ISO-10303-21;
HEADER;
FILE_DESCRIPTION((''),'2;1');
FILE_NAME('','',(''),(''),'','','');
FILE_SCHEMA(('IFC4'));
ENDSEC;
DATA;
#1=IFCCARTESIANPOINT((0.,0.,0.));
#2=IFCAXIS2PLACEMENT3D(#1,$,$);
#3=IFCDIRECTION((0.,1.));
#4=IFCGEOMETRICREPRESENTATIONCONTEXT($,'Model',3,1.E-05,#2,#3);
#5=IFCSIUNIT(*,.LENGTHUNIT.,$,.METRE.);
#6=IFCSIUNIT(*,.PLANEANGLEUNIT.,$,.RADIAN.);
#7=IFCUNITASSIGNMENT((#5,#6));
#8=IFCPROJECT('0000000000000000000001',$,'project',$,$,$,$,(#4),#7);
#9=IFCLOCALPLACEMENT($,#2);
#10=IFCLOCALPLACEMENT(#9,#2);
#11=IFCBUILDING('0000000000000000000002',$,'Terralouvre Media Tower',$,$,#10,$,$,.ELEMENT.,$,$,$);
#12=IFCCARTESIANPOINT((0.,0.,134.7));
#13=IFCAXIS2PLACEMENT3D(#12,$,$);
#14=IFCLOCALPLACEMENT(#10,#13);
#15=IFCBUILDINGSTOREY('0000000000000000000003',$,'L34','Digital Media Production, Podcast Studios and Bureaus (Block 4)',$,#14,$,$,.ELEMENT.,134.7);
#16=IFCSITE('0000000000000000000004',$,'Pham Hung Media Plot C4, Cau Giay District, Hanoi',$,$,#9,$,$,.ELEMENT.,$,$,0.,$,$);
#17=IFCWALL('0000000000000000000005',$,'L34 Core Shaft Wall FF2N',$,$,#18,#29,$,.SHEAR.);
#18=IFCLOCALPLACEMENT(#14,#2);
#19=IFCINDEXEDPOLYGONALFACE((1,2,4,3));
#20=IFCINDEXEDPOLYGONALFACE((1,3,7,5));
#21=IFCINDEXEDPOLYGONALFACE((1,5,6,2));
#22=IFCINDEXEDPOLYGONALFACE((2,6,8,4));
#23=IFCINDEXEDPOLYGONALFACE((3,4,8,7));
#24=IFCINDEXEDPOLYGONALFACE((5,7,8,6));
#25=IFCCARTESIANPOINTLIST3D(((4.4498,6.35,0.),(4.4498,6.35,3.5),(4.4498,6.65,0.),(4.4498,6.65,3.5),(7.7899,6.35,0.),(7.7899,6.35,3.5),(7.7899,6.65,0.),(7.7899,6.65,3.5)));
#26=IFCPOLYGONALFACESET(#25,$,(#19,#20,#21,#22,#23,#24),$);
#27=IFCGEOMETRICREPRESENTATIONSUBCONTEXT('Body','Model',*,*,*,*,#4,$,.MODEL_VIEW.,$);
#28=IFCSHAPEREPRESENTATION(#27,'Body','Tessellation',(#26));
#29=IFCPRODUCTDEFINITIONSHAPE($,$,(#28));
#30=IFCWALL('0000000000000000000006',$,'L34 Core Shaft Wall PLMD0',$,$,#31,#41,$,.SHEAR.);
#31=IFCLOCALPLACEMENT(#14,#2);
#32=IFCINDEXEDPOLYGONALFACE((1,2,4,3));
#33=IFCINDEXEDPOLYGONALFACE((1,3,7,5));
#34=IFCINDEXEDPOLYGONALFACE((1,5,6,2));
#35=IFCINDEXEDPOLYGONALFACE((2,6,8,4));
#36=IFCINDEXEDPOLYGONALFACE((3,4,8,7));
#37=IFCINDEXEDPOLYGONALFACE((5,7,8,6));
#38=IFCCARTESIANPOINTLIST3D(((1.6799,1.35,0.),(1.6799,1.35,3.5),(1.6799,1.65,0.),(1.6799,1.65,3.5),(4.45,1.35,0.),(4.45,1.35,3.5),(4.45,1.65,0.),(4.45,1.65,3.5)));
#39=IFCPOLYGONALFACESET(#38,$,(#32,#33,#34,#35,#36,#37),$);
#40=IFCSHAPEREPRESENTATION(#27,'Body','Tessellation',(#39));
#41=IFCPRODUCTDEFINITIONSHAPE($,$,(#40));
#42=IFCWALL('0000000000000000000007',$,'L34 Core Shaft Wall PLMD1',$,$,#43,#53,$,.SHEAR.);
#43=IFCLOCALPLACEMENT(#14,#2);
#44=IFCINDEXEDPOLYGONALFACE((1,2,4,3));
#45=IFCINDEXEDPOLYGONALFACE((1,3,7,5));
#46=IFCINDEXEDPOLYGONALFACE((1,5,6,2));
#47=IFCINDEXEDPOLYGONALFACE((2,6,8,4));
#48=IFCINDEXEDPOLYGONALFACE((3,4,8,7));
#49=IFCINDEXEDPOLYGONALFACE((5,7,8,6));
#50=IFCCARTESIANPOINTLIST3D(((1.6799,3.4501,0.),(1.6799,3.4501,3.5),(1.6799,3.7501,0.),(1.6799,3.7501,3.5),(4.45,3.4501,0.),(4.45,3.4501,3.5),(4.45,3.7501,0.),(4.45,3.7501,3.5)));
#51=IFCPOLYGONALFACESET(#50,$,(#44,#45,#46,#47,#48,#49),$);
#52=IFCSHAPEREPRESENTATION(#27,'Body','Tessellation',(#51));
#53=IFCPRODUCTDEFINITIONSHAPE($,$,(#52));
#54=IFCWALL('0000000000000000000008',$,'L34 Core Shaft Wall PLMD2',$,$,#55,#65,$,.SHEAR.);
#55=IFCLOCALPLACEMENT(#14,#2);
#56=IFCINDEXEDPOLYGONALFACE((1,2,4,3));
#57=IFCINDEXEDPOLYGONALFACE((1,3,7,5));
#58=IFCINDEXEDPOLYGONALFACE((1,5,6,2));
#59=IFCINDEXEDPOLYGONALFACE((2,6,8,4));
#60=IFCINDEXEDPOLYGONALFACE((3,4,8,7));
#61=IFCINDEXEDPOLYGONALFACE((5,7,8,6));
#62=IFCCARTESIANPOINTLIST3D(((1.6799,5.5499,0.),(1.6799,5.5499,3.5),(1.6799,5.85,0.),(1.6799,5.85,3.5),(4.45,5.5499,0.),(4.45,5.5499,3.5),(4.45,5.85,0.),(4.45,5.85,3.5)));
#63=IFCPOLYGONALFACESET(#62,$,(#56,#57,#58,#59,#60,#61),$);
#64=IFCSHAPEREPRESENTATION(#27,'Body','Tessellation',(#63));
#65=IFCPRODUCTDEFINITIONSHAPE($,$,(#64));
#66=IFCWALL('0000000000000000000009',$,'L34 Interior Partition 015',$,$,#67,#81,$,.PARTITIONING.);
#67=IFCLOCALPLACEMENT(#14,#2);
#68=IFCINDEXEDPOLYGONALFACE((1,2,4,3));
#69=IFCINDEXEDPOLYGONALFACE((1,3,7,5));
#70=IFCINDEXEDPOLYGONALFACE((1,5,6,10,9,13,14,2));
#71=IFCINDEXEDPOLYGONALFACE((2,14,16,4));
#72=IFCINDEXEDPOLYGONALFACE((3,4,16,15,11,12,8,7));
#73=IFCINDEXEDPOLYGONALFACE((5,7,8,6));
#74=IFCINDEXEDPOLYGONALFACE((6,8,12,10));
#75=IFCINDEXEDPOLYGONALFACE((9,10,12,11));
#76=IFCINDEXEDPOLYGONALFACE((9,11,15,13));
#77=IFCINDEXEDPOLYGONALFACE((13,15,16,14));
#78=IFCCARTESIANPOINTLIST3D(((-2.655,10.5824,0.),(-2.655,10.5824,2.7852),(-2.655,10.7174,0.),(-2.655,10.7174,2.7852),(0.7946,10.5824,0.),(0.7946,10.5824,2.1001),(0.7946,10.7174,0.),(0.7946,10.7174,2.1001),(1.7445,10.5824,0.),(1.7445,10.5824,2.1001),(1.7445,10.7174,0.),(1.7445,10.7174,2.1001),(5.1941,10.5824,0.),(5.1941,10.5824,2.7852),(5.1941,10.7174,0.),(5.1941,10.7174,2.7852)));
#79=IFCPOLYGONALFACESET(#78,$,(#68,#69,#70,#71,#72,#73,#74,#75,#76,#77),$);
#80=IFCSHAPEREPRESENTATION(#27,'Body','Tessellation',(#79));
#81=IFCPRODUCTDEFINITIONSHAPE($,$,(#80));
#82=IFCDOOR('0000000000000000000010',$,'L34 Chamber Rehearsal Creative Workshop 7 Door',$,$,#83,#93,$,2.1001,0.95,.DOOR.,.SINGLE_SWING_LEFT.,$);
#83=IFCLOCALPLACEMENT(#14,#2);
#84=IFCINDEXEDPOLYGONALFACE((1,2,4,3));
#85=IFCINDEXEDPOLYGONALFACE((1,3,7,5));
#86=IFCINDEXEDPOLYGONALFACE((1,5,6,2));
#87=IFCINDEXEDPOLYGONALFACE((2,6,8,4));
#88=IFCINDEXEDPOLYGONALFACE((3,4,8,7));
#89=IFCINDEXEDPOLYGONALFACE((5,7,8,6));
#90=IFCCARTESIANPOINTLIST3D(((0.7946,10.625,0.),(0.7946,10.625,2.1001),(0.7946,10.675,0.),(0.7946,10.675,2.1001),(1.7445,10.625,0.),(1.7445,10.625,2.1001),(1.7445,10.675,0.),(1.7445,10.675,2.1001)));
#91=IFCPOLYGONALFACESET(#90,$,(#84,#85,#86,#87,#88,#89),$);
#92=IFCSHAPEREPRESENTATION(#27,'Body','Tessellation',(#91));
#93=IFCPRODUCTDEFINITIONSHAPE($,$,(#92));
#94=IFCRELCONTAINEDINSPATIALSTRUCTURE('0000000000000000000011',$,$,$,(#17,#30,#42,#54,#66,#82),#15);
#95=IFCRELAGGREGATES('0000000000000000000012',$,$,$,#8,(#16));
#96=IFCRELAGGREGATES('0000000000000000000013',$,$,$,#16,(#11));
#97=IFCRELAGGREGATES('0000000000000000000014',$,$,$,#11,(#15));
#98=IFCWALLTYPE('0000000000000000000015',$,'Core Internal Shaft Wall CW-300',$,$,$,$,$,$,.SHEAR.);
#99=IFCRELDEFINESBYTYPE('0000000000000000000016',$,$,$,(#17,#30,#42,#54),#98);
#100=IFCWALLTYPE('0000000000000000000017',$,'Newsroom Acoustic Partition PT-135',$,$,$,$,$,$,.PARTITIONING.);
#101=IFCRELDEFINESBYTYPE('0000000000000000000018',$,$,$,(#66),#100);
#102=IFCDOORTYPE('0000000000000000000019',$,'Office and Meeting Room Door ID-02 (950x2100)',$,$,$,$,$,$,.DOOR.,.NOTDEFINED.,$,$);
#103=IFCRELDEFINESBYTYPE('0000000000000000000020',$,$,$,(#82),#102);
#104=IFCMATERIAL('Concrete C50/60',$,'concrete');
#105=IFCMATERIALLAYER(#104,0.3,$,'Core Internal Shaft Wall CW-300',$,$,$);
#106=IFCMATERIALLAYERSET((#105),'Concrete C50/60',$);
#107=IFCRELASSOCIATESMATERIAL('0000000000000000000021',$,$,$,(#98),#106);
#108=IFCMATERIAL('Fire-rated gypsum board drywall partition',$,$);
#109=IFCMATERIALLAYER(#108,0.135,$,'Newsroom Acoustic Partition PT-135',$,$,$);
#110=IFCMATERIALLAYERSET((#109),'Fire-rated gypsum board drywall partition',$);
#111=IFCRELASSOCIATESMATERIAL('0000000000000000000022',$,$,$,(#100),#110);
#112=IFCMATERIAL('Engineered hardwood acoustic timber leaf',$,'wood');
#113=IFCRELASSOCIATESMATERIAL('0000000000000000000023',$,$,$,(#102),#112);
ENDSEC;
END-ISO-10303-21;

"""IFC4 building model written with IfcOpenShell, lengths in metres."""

from ifc_helpers import new_model, si_unit, direction, frame, frame_2d, origin, place, context, subcontext, project, spatial, rectangle, extrude, material, layer, layer_set, type_object, element, fill, save


model = new_model("IFC4")

# Units and contexts
model_context = context("Model", 3, precision=1e-05, world=origin(), true_north=direction((0.0, 1.0)))
body_context = subcontext(model_context, "Body", "Model", "MODEL_VIEW")
ifc_project = project(units=[si_unit("LENGTHUNIT", "METRE"), si_unit("PLANEANGLEUNIT", "RADIAN")], contexts=[model_context])

# Site, building, storey
site_placement = place(None, origin())
site = spatial("IfcSite", under=ifc_project, at=site_placement, Name="Pham Hung Media Plot C4, Cau Giay District, Hanoi", CompositionType="ELEMENT", RefElevation=0.0)
building_placement = place(site_placement, origin())
building = spatial("IfcBuilding", under=site, at=building_placement, Name="Terralouvre Media Tower", CompositionType="ELEMENT")
storey_placement = place(building_placement, frame((0.0, 0.0, 134.7)))
storey = spatial("IfcBuildingStorey", under=building, at=storey_placement, Name="L34", Description="Digital Media Production, Podcast Studios and Bureaus (Block 4)", CompositionType="ELEMENT", Elevation=134.7)

# Shared definitions
ifc_material_1 = material(Name="Concrete C50/60", Category="concrete")
ifc_layer_1 = layer(ifc_material_1, 0.3, Name="Core Internal Shaft Wall CW-300")
ifc_layer_set_1 = layer_set([ifc_layer_1], Name="Concrete C50/60")
wall_type_1 = type_object("IfcWallType", Name="Core Internal Shaft Wall CW-300", PredefinedType="SHEAR", material=ifc_layer_set_1)

# Walls
wall_1_placement = place(storey_placement, frame((4.45, 6.5, 0.0), z_axis=(0.0, 0.0, 1.0), x_axis=(1.0, 0.0, 0.0)))
element("IfcWall", 1, at=wall_1_placement, inside=storey, type_object=wall_type_1, Name="L34 Core Shaft Wall FF2N", PredefinedType="SHEAR", context=body_context, shape_type="SweptSolid", body=[
    extrude(rectangle(XDim=3.3401, YDim=0.3, at=frame_2d((1.6699, 0.0))), origin(), (0.0, 0.0, 1.0), 3.5),
])
for number, where, z_axis, x_axis, name in (
    (2, (1.6799, 1.5, 0.0), (0.0, 0.0, 1.0), (1.0, 0.0, 0.0), "L34 Core Shaft Wall PLMD0"),
    (3, (1.6799, 3.6001, 0.0), (0.0, 0.0, 1.0), (1.0, 0.0, 0.0), "L34 Core Shaft Wall PLMD1"),
    (4, (1.6799, 5.7, 0.0), (0.0, 0.0, 1.0), (1.0, 0.0, 0.0), "L34 Core Shaft Wall PLMD2"),
):
    element("IfcWall", number, at=place(storey_placement, frame(where, z_axis=z_axis, x_axis=x_axis)), inside=storey, type_object=wall_type_1, Name=name, PredefinedType="SHEAR", context=body_context, shape_type="SweptSolid", body=[
        extrude(rectangle(XDim=2.77, YDim=0.3, at=frame_2d((1.385, 0.0))), origin(), (0.0, 0.0, 1.0), 3.5),
    ])

# Wall, opening, door
ifc_material_2 = material(Name="Fire-rated gypsum board drywall partition")
ifc_layer_2 = layer(ifc_material_2, 0.135, Name="Newsroom Acoustic Partition PT-135")
ifc_layer_set_2 = layer_set([ifc_layer_2], Name="Fire-rated gypsum board drywall partition")
wall_type_2 = type_object("IfcWallType", Name="Newsroom Acoustic Partition PT-135", PredefinedType="PARTITIONING", material=ifc_layer_set_2)
wall_2_placement = place(storey_placement, frame((5.1941, 10.6499, 0.0), z_axis=(0.0, 0.0, 1.0), x_axis=(-1.0, 0.0, 0.0)))
wall_2 = element("IfcWall", 5, at=wall_2_placement, inside=storey, type_object=wall_type_2, Name="L34 Interior Partition 015", PredefinedType="PARTITIONING", context=body_context, shape_type="SweptSolid", body=[
    extrude(rectangle(XDim=7.8491, YDim=0.135, at=frame_2d((3.9246, 0.0))), origin(), (0.0, 0.0, 1.0), 2.7852),
])
opening_1_placement = place(wall_2_placement, frame((3.4495, 0.0, 0.0)))
opening_1 = element("IfcOpeningElement", 6, at=opening_1_placement, cuts=wall_2, PredefinedType="OPENING", context=body_context, shape_type="SweptSolid", body=[
    extrude(rectangle(XDim=0.95, YDim=2.1001, at=frame_2d((0.4751, 1.05))), frame((0.0, 0.0774, 0.0), z_axis=(0.0, -1.0, 0.0), x_axis=(1.0, 0.0, 0.0)), (0.0, 0.0, 1.0), 0.155),
])
ifc_material_3 = material(Name="Engineered hardwood acoustic timber leaf", Category="wood")
door_type_1 = type_object("IfcDoorType", Name="Office and Meeting Room Door ID-02 (950x2100)", OperationType="NOTDEFINED", PredefinedType="DOOR", material=ifc_material_3)
door_1_placement = place(opening_1_placement, origin())
door_1 = element("IfcDoor", 7, at=door_1_placement, inside=storey, type_object=door_type_1, Name="L34 Chamber Rehearsal Creative Workshop 7 Door", OperationType="SINGLE_SWING_LEFT", OverallHeight=2.1001, OverallWidth=0.95, PredefinedType="DOOR", context=body_context, shape_type="SweptSolid", body=[
    extrude(rectangle(XDim=0.95, YDim=2.1001, at=frame_2d((0.4751, 1.05))), frame((0.0, 0.0249, 0.0), z_axis=(0.0, -1.0, 0.0), x_axis=(1.0, 0.0, 0.0)), (0.0, 0.0, 1.0), 0.05),
])
fill(opening_1, door_1)

save(model, "model.ifc")
